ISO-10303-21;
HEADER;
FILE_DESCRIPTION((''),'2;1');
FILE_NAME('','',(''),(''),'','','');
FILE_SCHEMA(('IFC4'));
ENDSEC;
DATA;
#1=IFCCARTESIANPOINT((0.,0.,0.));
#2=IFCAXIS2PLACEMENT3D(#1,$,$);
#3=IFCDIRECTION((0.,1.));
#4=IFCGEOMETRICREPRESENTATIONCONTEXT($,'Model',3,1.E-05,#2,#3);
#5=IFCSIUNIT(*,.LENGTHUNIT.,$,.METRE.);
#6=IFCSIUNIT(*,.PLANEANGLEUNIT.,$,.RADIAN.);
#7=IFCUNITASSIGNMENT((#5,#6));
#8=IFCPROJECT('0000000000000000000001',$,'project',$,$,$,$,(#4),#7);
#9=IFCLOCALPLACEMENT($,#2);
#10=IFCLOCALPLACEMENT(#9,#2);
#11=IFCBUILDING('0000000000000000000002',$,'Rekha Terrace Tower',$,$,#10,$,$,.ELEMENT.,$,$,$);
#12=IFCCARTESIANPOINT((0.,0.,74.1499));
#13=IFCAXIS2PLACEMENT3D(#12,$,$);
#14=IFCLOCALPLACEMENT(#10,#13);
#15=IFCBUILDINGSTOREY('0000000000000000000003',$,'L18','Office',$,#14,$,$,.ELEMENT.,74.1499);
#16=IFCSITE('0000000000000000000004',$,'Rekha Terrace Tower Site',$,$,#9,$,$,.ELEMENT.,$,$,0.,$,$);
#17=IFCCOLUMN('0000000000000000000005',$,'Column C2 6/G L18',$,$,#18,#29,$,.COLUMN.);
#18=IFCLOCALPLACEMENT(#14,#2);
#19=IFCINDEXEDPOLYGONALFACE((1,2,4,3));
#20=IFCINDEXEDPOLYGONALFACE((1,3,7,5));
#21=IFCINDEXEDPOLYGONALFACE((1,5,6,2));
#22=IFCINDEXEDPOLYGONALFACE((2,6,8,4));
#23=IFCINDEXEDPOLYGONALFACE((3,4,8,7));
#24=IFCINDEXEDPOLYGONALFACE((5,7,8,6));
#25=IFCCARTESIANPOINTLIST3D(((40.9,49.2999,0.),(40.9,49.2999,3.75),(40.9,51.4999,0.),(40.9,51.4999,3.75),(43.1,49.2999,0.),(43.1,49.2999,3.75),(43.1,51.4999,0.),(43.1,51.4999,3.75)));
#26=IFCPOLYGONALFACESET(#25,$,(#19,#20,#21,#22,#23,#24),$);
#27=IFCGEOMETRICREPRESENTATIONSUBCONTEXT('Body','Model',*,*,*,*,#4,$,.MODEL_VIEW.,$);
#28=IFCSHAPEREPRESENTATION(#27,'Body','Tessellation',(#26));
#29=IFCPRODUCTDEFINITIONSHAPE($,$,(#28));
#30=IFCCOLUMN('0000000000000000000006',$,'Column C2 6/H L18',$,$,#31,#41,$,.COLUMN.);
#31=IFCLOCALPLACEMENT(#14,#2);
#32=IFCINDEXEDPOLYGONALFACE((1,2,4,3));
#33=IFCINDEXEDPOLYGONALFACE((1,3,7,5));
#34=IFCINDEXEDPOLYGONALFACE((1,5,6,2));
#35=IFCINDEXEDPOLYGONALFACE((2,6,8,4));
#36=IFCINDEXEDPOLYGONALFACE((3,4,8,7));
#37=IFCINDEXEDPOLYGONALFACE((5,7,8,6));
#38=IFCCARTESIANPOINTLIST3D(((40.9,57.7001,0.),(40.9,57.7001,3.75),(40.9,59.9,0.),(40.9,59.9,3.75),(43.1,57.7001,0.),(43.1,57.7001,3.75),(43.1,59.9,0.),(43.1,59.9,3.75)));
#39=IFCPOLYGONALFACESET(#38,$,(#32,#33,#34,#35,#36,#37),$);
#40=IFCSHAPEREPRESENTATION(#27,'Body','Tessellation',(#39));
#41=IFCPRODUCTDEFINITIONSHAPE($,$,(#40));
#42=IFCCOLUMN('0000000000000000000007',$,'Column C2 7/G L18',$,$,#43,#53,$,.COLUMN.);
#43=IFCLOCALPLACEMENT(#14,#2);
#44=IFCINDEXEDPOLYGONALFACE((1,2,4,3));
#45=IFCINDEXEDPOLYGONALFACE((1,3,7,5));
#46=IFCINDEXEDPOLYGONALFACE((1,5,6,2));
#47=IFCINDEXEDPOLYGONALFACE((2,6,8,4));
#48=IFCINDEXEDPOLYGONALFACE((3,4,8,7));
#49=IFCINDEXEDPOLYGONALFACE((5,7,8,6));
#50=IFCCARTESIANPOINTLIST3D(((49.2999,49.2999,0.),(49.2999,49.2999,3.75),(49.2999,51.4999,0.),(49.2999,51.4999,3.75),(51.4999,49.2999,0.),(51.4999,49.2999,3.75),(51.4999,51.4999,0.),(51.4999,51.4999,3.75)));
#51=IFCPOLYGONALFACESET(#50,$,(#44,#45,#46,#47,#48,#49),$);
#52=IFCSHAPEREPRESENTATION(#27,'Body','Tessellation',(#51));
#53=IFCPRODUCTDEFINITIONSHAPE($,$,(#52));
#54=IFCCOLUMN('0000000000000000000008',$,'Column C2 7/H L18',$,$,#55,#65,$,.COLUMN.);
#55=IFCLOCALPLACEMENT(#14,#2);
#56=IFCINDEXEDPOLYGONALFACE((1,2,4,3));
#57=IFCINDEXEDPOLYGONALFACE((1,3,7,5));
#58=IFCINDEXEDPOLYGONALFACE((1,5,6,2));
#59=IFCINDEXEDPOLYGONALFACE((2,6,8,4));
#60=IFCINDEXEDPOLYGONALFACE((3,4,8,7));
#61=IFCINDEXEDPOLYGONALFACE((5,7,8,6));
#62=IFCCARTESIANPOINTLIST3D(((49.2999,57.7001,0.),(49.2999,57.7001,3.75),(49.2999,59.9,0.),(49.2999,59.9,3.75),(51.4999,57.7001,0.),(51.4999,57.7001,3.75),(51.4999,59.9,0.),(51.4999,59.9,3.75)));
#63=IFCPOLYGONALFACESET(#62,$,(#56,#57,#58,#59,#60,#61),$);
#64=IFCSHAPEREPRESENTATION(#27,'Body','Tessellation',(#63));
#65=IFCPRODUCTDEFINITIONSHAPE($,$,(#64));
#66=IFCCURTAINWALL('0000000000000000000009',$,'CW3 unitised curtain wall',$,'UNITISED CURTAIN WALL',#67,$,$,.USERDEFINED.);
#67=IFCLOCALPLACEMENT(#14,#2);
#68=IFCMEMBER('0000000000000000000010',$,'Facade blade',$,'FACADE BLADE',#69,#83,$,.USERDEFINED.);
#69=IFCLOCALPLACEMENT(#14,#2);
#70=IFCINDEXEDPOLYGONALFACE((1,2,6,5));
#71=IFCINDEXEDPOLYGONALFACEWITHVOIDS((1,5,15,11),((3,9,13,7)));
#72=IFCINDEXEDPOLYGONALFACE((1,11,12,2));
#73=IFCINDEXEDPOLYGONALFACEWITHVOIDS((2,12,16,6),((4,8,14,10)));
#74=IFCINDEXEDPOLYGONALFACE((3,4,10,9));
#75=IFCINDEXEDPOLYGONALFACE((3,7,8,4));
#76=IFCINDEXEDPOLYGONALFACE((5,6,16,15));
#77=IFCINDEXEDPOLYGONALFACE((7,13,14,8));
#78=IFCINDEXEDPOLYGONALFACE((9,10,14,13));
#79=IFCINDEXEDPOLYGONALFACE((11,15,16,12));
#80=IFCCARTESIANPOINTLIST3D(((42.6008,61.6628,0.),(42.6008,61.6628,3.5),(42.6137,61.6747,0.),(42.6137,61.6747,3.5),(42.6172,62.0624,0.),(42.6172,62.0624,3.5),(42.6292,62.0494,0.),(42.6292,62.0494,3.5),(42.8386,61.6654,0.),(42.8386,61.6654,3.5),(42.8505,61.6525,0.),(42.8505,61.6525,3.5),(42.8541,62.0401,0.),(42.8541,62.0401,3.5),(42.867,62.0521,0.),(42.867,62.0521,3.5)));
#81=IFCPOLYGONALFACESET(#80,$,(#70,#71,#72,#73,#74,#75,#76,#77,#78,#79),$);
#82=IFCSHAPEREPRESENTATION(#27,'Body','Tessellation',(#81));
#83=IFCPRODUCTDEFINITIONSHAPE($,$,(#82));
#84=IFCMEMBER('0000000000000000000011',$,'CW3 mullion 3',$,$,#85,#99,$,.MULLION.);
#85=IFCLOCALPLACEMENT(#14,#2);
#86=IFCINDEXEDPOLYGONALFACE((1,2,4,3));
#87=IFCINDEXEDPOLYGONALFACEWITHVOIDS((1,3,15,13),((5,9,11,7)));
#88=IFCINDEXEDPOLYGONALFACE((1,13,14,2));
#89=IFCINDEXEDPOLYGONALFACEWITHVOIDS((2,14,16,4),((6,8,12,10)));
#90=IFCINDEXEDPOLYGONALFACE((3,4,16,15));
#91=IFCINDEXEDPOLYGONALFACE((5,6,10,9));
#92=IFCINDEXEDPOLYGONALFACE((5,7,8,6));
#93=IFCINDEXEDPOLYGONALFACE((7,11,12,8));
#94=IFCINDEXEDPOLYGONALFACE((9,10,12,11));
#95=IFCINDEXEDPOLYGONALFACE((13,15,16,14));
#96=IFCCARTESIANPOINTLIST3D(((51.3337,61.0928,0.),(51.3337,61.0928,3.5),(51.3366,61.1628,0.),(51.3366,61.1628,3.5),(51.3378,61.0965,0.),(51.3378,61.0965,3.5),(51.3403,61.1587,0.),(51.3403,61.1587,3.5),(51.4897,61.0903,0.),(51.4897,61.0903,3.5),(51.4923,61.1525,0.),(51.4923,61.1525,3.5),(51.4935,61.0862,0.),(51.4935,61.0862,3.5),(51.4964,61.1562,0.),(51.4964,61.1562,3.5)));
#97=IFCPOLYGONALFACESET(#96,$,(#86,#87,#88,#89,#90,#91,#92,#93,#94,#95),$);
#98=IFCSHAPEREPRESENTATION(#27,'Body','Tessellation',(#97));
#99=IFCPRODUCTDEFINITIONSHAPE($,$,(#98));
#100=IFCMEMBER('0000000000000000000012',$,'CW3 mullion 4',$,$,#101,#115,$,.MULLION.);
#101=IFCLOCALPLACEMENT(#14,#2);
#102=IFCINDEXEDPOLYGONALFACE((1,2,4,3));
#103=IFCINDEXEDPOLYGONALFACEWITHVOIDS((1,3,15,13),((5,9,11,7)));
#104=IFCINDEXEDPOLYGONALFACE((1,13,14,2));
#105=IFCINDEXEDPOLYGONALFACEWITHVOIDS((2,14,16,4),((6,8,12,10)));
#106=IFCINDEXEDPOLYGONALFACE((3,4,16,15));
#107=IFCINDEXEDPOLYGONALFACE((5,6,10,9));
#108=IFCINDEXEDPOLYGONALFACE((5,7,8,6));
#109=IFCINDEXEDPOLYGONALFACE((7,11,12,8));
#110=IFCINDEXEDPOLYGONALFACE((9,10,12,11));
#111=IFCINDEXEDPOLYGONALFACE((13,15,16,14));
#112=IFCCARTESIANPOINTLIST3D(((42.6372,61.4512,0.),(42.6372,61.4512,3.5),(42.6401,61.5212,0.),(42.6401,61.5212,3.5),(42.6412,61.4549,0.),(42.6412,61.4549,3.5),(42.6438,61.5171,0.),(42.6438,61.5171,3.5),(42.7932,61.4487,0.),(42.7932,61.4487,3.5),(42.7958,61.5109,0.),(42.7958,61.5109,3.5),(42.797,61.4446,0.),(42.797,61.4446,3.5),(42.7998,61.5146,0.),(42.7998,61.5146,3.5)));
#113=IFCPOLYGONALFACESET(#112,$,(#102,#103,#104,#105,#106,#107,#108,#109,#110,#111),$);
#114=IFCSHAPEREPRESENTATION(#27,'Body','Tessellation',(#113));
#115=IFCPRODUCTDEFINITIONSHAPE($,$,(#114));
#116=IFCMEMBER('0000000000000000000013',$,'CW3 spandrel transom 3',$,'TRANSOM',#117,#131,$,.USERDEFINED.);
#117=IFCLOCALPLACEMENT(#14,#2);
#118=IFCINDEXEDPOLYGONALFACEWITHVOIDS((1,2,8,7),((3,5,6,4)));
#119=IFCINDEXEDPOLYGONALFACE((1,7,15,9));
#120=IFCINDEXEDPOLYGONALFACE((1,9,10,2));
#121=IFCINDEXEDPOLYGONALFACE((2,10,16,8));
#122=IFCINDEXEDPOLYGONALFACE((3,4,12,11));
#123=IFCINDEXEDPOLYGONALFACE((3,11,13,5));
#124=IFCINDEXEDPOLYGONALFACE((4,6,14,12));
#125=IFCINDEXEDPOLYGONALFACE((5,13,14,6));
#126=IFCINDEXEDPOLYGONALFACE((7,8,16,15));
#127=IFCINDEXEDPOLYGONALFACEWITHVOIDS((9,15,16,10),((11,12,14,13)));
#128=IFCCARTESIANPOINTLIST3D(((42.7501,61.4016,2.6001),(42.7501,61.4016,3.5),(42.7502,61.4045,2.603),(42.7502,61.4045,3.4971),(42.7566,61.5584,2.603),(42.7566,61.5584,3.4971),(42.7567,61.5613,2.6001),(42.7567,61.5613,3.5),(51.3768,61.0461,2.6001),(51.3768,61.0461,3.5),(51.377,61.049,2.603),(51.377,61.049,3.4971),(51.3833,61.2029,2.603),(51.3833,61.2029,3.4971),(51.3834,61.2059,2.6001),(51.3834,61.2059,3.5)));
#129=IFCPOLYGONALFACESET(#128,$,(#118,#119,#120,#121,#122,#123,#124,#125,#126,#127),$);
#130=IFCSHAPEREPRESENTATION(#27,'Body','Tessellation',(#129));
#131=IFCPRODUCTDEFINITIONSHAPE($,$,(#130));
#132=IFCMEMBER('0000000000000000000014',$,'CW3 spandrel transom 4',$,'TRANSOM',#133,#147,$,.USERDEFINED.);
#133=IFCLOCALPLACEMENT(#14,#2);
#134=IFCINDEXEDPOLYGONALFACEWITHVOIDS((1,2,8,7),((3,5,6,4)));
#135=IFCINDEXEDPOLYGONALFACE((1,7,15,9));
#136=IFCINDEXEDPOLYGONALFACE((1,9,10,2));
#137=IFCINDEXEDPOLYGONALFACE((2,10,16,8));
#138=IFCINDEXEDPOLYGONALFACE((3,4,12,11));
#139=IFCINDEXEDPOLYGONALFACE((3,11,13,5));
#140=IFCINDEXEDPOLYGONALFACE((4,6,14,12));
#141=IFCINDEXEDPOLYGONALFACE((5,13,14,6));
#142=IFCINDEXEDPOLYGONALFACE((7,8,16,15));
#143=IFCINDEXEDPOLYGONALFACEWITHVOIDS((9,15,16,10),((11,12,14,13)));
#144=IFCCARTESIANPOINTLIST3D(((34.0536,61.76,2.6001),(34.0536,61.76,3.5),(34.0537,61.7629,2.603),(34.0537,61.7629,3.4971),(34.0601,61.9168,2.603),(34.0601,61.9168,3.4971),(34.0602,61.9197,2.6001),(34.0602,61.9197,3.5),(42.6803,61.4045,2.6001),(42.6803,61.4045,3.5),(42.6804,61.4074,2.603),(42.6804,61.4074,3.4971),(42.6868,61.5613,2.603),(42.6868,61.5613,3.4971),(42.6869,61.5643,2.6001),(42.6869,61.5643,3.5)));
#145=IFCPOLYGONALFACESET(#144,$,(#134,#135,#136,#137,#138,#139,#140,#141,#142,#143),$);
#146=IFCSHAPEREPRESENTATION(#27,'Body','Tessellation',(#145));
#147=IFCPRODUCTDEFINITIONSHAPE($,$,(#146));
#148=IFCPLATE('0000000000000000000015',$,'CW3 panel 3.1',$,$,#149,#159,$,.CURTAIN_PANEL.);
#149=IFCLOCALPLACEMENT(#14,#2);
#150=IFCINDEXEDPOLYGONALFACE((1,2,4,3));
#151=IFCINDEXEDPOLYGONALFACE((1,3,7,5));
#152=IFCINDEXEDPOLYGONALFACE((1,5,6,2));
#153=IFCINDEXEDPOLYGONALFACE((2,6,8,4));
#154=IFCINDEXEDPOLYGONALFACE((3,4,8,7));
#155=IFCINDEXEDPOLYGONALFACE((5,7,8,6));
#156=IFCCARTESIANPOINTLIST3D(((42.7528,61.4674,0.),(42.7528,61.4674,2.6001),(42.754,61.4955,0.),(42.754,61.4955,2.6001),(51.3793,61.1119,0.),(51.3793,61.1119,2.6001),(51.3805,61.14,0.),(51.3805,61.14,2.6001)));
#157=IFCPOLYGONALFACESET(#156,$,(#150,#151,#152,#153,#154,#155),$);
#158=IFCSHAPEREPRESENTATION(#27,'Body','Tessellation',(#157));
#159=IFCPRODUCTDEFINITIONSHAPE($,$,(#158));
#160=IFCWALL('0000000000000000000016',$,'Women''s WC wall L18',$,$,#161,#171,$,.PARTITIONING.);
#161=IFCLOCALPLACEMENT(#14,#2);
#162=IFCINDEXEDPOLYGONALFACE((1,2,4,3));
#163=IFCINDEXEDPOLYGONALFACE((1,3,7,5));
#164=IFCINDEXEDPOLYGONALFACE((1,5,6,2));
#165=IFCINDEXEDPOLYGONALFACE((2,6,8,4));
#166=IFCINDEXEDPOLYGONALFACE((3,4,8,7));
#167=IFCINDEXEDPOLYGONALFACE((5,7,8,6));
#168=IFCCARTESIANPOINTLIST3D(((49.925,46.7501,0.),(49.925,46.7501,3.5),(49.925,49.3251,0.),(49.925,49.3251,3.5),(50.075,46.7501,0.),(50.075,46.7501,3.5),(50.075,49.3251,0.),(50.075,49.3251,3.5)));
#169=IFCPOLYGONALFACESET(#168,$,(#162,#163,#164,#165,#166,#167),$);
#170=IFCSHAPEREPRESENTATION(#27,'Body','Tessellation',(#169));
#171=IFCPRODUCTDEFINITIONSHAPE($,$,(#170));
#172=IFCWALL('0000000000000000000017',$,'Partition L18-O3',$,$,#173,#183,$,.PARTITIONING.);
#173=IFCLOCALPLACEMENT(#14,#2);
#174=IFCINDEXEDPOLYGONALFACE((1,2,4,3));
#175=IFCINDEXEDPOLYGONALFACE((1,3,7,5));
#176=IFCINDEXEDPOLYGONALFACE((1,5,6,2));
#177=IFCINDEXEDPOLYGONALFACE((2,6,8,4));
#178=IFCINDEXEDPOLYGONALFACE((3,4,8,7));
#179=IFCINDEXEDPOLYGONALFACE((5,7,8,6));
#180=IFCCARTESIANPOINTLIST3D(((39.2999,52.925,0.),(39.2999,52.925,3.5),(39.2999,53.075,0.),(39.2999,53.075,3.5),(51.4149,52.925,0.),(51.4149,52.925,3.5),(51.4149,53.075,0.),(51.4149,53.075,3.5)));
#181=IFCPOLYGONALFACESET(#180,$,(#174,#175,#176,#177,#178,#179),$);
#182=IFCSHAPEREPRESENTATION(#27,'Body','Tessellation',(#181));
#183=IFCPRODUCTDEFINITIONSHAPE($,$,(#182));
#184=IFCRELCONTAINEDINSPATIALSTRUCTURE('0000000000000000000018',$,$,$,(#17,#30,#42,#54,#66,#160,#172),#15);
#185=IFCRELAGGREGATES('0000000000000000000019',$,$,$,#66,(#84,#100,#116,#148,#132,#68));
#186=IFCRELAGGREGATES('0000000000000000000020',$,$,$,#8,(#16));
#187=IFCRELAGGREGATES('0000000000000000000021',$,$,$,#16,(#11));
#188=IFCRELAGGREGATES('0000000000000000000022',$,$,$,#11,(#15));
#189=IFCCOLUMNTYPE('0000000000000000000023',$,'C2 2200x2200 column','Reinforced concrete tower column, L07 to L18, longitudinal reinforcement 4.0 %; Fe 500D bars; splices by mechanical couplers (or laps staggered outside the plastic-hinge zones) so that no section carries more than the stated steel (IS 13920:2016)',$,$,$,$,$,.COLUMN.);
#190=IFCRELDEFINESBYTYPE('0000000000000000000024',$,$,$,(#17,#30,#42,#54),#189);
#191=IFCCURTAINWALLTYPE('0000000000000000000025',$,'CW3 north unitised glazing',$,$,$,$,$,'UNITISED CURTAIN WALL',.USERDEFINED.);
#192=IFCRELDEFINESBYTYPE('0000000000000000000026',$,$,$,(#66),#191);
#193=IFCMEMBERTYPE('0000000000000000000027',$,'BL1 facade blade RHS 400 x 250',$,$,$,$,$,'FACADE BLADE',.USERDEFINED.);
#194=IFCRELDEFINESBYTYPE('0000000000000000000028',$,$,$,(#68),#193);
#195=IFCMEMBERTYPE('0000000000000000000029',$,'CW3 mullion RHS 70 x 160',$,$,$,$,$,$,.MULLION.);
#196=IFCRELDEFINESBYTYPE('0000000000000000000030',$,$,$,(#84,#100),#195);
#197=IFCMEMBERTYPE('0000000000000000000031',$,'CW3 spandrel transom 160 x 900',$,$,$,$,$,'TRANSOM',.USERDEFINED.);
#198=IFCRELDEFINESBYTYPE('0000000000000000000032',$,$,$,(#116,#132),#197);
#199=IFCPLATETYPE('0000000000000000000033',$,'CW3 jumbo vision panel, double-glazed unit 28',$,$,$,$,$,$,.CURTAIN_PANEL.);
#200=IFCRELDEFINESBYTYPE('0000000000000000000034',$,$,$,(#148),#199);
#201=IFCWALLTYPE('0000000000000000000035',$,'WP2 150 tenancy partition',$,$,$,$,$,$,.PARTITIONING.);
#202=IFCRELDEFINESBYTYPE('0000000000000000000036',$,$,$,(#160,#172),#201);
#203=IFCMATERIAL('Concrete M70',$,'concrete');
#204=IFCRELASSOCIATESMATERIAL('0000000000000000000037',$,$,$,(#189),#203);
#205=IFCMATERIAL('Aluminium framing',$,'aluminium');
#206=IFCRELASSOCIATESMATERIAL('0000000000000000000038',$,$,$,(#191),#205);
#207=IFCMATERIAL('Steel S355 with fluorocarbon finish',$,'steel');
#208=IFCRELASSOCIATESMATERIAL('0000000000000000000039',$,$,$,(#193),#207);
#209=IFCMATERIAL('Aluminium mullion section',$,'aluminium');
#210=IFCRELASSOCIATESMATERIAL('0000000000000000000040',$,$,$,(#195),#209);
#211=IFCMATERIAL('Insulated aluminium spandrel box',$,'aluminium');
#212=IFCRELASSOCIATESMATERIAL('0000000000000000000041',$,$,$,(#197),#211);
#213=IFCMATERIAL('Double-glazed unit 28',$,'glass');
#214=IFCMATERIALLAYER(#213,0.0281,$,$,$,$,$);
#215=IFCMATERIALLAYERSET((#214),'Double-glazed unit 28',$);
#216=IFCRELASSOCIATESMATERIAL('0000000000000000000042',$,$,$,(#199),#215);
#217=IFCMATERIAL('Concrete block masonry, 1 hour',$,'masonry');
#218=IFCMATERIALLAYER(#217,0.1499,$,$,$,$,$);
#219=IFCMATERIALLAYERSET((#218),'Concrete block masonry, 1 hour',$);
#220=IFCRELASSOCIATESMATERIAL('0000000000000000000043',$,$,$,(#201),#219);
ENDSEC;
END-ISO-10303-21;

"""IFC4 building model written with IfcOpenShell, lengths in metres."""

from ifc_helpers import new_model, si_unit, direction, frame, frame_2d, origin, origin_2d, place, context, subcontext, project, spatial, rectangle, hollow_rectangle, extrude, material, layer, layer_set, material_profile, profile_set, type_object, element, aggregate, save


model = new_model("IFC4")

# Units and contexts
model_context = context("Model", 3, precision=1e-05, world=origin(), true_north=direction((0.0, 1.0)))
body_context = subcontext(model_context, "Body", "Model", "MODEL_VIEW")
ifc_project = project(units=[si_unit("LENGTHUNIT", "METRE"), si_unit("PLANEANGLEUNIT", "RADIAN")], contexts=[model_context])

# Site, building, storey
site_placement = place(None, origin())
site = spatial("IfcSite", under=ifc_project, at=site_placement, Name="Rekha Terrace Tower Site", CompositionType="ELEMENT", RefElevation=0.0)
building_placement = place(site_placement, origin())
building = spatial("IfcBuilding", under=site, at=building_placement, Name="Rekha Terrace Tower", CompositionType="ELEMENT")
storey_placement = place(building_placement, frame((0.0, 0.0, 74.1499)))
storey = spatial("IfcBuildingStorey", under=building, at=storey_placement, Name="L18", Description="Office", CompositionType="ELEMENT", Elevation=74.1499)

# Columns
ifc_material_1 = material(Name="Concrete M70", Category="concrete")
ifc_material_profile_1 = material_profile(ifc_material_1, rectangle(XDim=2.2, YDim=2.2, at=origin_2d()), Name="RC 2200x2200")
ifc_profile_set_1 = profile_set([ifc_material_profile_1], Name="Concrete M70")
column_type = type_object("IfcColumnType", Name="C2 2200x2200 column", Description="Reinforced concrete tower column, L07 to L18, longitudinal reinforcement 4.0 %; Fe 500D bars; splices by mechanical couplers (or laps staggered outside the plastic-hinge zones) so that no section carries more than the stated steel (IS 13920:2016)", PredefinedType="COLUMN", material=ifc_profile_set_1)
for number, where, z_axis, x_axis, name in (
    (1, (42.0, 50.3999, 0.0), (0.0, 0.0, 1.0), (1.0, 0.0, 0.0), "Column C2 6/G L18"),
    (2, (42.0, 58.8, 0.0), (0.0, 0.0, 1.0), (1.0, 0.0, 0.0), "Column C2 6/H L18"),
    (3, (50.3999, 50.3999, 0.0), (0.0, 0.0, 1.0), (1.0, 0.0, 0.0), "Column C2 7/G L18"),
    (4, (50.3999, 58.8, 0.0), (0.0, 0.0, 1.0), (1.0, 0.0, 0.0), "Column C2 7/H L18"),
):
    element("IfcColumn", number, at=place(storey_placement, frame(where, z_axis=z_axis, x_axis=x_axis)), inside=storey, type_object=column_type, Name=name, PredefinedType="COLUMN", context=body_context, shape_type="SweptSolid", body=[
        extrude(rectangle(XDim=2.2, YDim=2.2, at=origin_2d()), origin(), (0.0, 0.0, 1.0), 3.75),
    ])

# Curtain wall, members, plate
ifc_material_2 = material(Name="Aluminium framing", Category="aluminium")
curtain_wall_type = type_object("IfcCurtainWallType", Name="CW3 north unitised glazing", ElementType="UNITISED CURTAIN WALL", PredefinedType="USERDEFINED", material=ifc_material_2)
curtain_wall_placement = place(storey_placement, origin())
curtain_wall = element("IfcCurtainWall", 5, at=curtain_wall_placement, inside=storey, type_object=curtain_wall_type, Name="CW3 unitised curtain wall", ObjectType="UNITISED CURTAIN WALL", PredefinedType="USERDEFINED")
ifc_material_3 = material(Name="Steel S355 with fluorocarbon finish", Category="steel")
ifc_material_profile_2 = material_profile(ifc_material_3, hollow_rectangle(XDim=0.25, YDim=0.3999, WallThickness=0.0125, at=origin_2d()), Name="RHS400x250x12.5")
ifc_profile_set_2 = profile_set([ifc_material_profile_2], Name="Steel S355 with fluorocarbon finish")
member_type_1 = type_object("IfcMemberType", Name="BL1 facade blade RHS 400 x 250", ElementType="FACADE BLADE", PredefinedType="USERDEFINED", material=ifc_profile_set_2)
member_1_placement = place(storey_placement, frame((42.7339, 61.8574, 0.0), z_axis=(0.0, 0.0, 1.0), x_axis=(-0.999152, 0.041175, 0.0)))
member_1 = element("IfcMember", 6, at=member_1_placement, type_object=member_type_1, Name="Facade blade", ObjectType="FACADE BLADE", PredefinedType="USERDEFINED", context=body_context, shape_type="SweptSolid", body=[
    extrude(hollow_rectangle(XDim=0.25, YDim=0.3999, WallThickness=0.0125, at=origin_2d()), origin(), (0.0, 0.0, 1.0), 3.5),
])
ifc_material_4 = material(Name="Aluminium mullion section", Category="aluminium")
ifc_material_profile_3 = material_profile(ifc_material_4, hollow_rectangle(XDim=0.0701, YDim=0.1599, WallThickness=0.0039, at=origin_2d()), Name="AL RHS 70x160")
ifc_profile_set_3 = profile_set([ifc_material_profile_3], Name="Aluminium mullion section")
member_type_2 = type_object("IfcMemberType", Name="CW3 mullion RHS 70 x 160", PredefinedType="MULLION", material=ifc_profile_set_3)
member_2_placement = place(storey_placement, frame((51.415, 61.1245, 0.0), z_axis=(0.0, 0.0, 1.0), x_axis=(-0.041174, -0.999152, 0.0)))
member_2 = element("IfcMember", 7, at=member_2_placement, type_object=member_type_2, Name="CW3 mullion 3", PredefinedType="MULLION", context=body_context, shape_type="SweptSolid", body=[
    extrude(hollow_rectangle(XDim=0.0701, YDim=0.1599, WallThickness=0.0039, at=origin_2d()), origin(), (0.0, 0.0, 1.0), 3.5),
])
member_3_placement = place(storey_placement, frame((42.7185, 61.4829, 0.0), z_axis=(0.0, 0.0, 1.0), x_axis=(-0.041174, -0.999152, 0.0)))
member_3 = element("IfcMember", 8, at=member_3_placement, type_object=member_type_2, Name="CW3 mullion 4", PredefinedType="MULLION", context=body_context, shape_type="SweptSolid", body=[
    extrude(hollow_rectangle(XDim=0.0701, YDim=0.1599, WallThickness=0.0039, at=origin_2d()), origin(), (0.0, 0.0, 1.0), 3.5),
])
ifc_material_5 = material(Name="Insulated aluminium spandrel box", Category="aluminium")
ifc_material_profile_4 = material_profile(ifc_material_5, hollow_rectangle(XDim=0.1599, YDim=0.8999, WallThickness=0.0029, at=origin_2d()), Name="AL SPANDREL BOX 160x900")
ifc_profile_set_4 = profile_set([ifc_material_profile_4], Name="Insulated aluminium spandrel box")
member_type_3 = type_object("IfcMemberType", Name="CW3 spandrel transom 160 x 900", ElementType="TRANSOM", PredefinedType="USERDEFINED", material=ifc_profile_set_4)
member_4_placement = place(storey_placement, frame((51.3801, 61.126, 3.05), z_axis=(-0.999152, 0.041171, 0.0), x_axis=(-0.041171, -0.999152, 0.0)))
member_4 = element("IfcMember", 9, at=member_4_placement, type_object=member_type_3, Name="CW3 spandrel transom 3", ObjectType="TRANSOM", PredefinedType="USERDEFINED", context=body_context, shape_type="SweptSolid", body=[
    extrude(hollow_rectangle(XDim=0.1599, YDim=0.8999, WallThickness=0.0029, at=origin_2d()), origin(), (0.0, 0.0, 1.0), 8.634),
])
member_5_placement = place(storey_placement, frame((42.6836, 61.4844, 3.05), z_axis=(-0.999152, 0.041171, 0.0), x_axis=(-0.041171, -0.999152, 0.0)))
member_5 = element("IfcMember", 10, at=member_5_placement, type_object=member_type_3, Name="CW3 spandrel transom 4", ObjectType="TRANSOM", PredefinedType="USERDEFINED", context=body_context, shape_type="SweptSolid", body=[
    extrude(hollow_rectangle(XDim=0.1599, YDim=0.8999, WallThickness=0.0029, at=origin_2d()), origin(), (0.0, 0.0, 1.0), 8.634),
])
ifc_material_6 = material(Name="Double-glazed unit 28", Category="glass")
ifc_layer_1 = layer(ifc_material_6, 0.0281)
ifc_layer_set_1 = layer_set([ifc_layer_1], Name="Double-glazed unit 28")
plate_type = type_object("IfcPlateType", Name="CW3 jumbo vision panel, double-glazed unit 28", PredefinedType="CURTAIN_PANEL", material=ifc_layer_set_1)
plate_placement = place(storey_placement, frame((47.0667, 61.3037, 0.0), z_axis=(0.0, 0.0, 1.0), x_axis=(-0.999152, 0.041174, 0.0)))
plate = element("IfcPlate", 11, at=plate_placement, type_object=plate_type, Name="CW3 panel 3.1", PredefinedType="CURTAIN_PANEL", context=body_context, shape_type="SweptSolid", body=[
    extrude(rectangle(XDim=8.6338, YDim=0.0281, at=origin_2d()), origin(), (0.0, 0.0, 1.0), 2.6001),
])
aggregate(curtain_wall, [member_2, member_3, member_4, plate, member_5, member_1])

# Walls
ifc_material_7 = material(Name="Concrete block masonry, 1 hour", Category="masonry")
ifc_layer_2 = layer(ifc_material_7, 0.1499)
ifc_layer_set_2 = layer_set([ifc_layer_2], Name="Concrete block masonry, 1 hour")
wall_type_1 = type_object("IfcWallType", Name="WP2 150 tenancy partition", PredefinedType="PARTITIONING", material=ifc_layer_set_2)
wall_1_placement = place(storey_placement, frame((50.0, 46.75, 0.0), z_axis=(0.0, 0.0, 1.0), x_axis=(0.0, 1.0, 0.0)))
element("IfcWall", 12, at=wall_1_placement, inside=storey, type_object=wall_type_1, Name="Women's WC wall L18", PredefinedType="PARTITIONING", context=body_context, shape_type="SweptSolid", body=[
    extrude(rectangle(XDim=2.575, YDim=0.1499, at=frame_2d((1.2876, 0.0))), origin(), (0.0, 0.0, 1.0), 3.5),
])
wall_2_placement = place(storey_placement, frame((51.415, 53.0, 0.0), z_axis=(0.0, 0.0, 1.0), x_axis=(-1.0, 0.0, 0.0)))
element("IfcWall", 13, at=wall_2_placement, inside=storey, type_object=wall_type_1, Name="Partition L18-O3", PredefinedType="PARTITIONING", context=body_context, shape_type="SweptSolid", body=[
    extrude(rectangle(XDim=12.115, YDim=0.1499, at=frame_2d((6.0576, 0.0))), origin(), (0.0, 0.0, 1.0), 3.5),
])

save(model, "model.ifc")
